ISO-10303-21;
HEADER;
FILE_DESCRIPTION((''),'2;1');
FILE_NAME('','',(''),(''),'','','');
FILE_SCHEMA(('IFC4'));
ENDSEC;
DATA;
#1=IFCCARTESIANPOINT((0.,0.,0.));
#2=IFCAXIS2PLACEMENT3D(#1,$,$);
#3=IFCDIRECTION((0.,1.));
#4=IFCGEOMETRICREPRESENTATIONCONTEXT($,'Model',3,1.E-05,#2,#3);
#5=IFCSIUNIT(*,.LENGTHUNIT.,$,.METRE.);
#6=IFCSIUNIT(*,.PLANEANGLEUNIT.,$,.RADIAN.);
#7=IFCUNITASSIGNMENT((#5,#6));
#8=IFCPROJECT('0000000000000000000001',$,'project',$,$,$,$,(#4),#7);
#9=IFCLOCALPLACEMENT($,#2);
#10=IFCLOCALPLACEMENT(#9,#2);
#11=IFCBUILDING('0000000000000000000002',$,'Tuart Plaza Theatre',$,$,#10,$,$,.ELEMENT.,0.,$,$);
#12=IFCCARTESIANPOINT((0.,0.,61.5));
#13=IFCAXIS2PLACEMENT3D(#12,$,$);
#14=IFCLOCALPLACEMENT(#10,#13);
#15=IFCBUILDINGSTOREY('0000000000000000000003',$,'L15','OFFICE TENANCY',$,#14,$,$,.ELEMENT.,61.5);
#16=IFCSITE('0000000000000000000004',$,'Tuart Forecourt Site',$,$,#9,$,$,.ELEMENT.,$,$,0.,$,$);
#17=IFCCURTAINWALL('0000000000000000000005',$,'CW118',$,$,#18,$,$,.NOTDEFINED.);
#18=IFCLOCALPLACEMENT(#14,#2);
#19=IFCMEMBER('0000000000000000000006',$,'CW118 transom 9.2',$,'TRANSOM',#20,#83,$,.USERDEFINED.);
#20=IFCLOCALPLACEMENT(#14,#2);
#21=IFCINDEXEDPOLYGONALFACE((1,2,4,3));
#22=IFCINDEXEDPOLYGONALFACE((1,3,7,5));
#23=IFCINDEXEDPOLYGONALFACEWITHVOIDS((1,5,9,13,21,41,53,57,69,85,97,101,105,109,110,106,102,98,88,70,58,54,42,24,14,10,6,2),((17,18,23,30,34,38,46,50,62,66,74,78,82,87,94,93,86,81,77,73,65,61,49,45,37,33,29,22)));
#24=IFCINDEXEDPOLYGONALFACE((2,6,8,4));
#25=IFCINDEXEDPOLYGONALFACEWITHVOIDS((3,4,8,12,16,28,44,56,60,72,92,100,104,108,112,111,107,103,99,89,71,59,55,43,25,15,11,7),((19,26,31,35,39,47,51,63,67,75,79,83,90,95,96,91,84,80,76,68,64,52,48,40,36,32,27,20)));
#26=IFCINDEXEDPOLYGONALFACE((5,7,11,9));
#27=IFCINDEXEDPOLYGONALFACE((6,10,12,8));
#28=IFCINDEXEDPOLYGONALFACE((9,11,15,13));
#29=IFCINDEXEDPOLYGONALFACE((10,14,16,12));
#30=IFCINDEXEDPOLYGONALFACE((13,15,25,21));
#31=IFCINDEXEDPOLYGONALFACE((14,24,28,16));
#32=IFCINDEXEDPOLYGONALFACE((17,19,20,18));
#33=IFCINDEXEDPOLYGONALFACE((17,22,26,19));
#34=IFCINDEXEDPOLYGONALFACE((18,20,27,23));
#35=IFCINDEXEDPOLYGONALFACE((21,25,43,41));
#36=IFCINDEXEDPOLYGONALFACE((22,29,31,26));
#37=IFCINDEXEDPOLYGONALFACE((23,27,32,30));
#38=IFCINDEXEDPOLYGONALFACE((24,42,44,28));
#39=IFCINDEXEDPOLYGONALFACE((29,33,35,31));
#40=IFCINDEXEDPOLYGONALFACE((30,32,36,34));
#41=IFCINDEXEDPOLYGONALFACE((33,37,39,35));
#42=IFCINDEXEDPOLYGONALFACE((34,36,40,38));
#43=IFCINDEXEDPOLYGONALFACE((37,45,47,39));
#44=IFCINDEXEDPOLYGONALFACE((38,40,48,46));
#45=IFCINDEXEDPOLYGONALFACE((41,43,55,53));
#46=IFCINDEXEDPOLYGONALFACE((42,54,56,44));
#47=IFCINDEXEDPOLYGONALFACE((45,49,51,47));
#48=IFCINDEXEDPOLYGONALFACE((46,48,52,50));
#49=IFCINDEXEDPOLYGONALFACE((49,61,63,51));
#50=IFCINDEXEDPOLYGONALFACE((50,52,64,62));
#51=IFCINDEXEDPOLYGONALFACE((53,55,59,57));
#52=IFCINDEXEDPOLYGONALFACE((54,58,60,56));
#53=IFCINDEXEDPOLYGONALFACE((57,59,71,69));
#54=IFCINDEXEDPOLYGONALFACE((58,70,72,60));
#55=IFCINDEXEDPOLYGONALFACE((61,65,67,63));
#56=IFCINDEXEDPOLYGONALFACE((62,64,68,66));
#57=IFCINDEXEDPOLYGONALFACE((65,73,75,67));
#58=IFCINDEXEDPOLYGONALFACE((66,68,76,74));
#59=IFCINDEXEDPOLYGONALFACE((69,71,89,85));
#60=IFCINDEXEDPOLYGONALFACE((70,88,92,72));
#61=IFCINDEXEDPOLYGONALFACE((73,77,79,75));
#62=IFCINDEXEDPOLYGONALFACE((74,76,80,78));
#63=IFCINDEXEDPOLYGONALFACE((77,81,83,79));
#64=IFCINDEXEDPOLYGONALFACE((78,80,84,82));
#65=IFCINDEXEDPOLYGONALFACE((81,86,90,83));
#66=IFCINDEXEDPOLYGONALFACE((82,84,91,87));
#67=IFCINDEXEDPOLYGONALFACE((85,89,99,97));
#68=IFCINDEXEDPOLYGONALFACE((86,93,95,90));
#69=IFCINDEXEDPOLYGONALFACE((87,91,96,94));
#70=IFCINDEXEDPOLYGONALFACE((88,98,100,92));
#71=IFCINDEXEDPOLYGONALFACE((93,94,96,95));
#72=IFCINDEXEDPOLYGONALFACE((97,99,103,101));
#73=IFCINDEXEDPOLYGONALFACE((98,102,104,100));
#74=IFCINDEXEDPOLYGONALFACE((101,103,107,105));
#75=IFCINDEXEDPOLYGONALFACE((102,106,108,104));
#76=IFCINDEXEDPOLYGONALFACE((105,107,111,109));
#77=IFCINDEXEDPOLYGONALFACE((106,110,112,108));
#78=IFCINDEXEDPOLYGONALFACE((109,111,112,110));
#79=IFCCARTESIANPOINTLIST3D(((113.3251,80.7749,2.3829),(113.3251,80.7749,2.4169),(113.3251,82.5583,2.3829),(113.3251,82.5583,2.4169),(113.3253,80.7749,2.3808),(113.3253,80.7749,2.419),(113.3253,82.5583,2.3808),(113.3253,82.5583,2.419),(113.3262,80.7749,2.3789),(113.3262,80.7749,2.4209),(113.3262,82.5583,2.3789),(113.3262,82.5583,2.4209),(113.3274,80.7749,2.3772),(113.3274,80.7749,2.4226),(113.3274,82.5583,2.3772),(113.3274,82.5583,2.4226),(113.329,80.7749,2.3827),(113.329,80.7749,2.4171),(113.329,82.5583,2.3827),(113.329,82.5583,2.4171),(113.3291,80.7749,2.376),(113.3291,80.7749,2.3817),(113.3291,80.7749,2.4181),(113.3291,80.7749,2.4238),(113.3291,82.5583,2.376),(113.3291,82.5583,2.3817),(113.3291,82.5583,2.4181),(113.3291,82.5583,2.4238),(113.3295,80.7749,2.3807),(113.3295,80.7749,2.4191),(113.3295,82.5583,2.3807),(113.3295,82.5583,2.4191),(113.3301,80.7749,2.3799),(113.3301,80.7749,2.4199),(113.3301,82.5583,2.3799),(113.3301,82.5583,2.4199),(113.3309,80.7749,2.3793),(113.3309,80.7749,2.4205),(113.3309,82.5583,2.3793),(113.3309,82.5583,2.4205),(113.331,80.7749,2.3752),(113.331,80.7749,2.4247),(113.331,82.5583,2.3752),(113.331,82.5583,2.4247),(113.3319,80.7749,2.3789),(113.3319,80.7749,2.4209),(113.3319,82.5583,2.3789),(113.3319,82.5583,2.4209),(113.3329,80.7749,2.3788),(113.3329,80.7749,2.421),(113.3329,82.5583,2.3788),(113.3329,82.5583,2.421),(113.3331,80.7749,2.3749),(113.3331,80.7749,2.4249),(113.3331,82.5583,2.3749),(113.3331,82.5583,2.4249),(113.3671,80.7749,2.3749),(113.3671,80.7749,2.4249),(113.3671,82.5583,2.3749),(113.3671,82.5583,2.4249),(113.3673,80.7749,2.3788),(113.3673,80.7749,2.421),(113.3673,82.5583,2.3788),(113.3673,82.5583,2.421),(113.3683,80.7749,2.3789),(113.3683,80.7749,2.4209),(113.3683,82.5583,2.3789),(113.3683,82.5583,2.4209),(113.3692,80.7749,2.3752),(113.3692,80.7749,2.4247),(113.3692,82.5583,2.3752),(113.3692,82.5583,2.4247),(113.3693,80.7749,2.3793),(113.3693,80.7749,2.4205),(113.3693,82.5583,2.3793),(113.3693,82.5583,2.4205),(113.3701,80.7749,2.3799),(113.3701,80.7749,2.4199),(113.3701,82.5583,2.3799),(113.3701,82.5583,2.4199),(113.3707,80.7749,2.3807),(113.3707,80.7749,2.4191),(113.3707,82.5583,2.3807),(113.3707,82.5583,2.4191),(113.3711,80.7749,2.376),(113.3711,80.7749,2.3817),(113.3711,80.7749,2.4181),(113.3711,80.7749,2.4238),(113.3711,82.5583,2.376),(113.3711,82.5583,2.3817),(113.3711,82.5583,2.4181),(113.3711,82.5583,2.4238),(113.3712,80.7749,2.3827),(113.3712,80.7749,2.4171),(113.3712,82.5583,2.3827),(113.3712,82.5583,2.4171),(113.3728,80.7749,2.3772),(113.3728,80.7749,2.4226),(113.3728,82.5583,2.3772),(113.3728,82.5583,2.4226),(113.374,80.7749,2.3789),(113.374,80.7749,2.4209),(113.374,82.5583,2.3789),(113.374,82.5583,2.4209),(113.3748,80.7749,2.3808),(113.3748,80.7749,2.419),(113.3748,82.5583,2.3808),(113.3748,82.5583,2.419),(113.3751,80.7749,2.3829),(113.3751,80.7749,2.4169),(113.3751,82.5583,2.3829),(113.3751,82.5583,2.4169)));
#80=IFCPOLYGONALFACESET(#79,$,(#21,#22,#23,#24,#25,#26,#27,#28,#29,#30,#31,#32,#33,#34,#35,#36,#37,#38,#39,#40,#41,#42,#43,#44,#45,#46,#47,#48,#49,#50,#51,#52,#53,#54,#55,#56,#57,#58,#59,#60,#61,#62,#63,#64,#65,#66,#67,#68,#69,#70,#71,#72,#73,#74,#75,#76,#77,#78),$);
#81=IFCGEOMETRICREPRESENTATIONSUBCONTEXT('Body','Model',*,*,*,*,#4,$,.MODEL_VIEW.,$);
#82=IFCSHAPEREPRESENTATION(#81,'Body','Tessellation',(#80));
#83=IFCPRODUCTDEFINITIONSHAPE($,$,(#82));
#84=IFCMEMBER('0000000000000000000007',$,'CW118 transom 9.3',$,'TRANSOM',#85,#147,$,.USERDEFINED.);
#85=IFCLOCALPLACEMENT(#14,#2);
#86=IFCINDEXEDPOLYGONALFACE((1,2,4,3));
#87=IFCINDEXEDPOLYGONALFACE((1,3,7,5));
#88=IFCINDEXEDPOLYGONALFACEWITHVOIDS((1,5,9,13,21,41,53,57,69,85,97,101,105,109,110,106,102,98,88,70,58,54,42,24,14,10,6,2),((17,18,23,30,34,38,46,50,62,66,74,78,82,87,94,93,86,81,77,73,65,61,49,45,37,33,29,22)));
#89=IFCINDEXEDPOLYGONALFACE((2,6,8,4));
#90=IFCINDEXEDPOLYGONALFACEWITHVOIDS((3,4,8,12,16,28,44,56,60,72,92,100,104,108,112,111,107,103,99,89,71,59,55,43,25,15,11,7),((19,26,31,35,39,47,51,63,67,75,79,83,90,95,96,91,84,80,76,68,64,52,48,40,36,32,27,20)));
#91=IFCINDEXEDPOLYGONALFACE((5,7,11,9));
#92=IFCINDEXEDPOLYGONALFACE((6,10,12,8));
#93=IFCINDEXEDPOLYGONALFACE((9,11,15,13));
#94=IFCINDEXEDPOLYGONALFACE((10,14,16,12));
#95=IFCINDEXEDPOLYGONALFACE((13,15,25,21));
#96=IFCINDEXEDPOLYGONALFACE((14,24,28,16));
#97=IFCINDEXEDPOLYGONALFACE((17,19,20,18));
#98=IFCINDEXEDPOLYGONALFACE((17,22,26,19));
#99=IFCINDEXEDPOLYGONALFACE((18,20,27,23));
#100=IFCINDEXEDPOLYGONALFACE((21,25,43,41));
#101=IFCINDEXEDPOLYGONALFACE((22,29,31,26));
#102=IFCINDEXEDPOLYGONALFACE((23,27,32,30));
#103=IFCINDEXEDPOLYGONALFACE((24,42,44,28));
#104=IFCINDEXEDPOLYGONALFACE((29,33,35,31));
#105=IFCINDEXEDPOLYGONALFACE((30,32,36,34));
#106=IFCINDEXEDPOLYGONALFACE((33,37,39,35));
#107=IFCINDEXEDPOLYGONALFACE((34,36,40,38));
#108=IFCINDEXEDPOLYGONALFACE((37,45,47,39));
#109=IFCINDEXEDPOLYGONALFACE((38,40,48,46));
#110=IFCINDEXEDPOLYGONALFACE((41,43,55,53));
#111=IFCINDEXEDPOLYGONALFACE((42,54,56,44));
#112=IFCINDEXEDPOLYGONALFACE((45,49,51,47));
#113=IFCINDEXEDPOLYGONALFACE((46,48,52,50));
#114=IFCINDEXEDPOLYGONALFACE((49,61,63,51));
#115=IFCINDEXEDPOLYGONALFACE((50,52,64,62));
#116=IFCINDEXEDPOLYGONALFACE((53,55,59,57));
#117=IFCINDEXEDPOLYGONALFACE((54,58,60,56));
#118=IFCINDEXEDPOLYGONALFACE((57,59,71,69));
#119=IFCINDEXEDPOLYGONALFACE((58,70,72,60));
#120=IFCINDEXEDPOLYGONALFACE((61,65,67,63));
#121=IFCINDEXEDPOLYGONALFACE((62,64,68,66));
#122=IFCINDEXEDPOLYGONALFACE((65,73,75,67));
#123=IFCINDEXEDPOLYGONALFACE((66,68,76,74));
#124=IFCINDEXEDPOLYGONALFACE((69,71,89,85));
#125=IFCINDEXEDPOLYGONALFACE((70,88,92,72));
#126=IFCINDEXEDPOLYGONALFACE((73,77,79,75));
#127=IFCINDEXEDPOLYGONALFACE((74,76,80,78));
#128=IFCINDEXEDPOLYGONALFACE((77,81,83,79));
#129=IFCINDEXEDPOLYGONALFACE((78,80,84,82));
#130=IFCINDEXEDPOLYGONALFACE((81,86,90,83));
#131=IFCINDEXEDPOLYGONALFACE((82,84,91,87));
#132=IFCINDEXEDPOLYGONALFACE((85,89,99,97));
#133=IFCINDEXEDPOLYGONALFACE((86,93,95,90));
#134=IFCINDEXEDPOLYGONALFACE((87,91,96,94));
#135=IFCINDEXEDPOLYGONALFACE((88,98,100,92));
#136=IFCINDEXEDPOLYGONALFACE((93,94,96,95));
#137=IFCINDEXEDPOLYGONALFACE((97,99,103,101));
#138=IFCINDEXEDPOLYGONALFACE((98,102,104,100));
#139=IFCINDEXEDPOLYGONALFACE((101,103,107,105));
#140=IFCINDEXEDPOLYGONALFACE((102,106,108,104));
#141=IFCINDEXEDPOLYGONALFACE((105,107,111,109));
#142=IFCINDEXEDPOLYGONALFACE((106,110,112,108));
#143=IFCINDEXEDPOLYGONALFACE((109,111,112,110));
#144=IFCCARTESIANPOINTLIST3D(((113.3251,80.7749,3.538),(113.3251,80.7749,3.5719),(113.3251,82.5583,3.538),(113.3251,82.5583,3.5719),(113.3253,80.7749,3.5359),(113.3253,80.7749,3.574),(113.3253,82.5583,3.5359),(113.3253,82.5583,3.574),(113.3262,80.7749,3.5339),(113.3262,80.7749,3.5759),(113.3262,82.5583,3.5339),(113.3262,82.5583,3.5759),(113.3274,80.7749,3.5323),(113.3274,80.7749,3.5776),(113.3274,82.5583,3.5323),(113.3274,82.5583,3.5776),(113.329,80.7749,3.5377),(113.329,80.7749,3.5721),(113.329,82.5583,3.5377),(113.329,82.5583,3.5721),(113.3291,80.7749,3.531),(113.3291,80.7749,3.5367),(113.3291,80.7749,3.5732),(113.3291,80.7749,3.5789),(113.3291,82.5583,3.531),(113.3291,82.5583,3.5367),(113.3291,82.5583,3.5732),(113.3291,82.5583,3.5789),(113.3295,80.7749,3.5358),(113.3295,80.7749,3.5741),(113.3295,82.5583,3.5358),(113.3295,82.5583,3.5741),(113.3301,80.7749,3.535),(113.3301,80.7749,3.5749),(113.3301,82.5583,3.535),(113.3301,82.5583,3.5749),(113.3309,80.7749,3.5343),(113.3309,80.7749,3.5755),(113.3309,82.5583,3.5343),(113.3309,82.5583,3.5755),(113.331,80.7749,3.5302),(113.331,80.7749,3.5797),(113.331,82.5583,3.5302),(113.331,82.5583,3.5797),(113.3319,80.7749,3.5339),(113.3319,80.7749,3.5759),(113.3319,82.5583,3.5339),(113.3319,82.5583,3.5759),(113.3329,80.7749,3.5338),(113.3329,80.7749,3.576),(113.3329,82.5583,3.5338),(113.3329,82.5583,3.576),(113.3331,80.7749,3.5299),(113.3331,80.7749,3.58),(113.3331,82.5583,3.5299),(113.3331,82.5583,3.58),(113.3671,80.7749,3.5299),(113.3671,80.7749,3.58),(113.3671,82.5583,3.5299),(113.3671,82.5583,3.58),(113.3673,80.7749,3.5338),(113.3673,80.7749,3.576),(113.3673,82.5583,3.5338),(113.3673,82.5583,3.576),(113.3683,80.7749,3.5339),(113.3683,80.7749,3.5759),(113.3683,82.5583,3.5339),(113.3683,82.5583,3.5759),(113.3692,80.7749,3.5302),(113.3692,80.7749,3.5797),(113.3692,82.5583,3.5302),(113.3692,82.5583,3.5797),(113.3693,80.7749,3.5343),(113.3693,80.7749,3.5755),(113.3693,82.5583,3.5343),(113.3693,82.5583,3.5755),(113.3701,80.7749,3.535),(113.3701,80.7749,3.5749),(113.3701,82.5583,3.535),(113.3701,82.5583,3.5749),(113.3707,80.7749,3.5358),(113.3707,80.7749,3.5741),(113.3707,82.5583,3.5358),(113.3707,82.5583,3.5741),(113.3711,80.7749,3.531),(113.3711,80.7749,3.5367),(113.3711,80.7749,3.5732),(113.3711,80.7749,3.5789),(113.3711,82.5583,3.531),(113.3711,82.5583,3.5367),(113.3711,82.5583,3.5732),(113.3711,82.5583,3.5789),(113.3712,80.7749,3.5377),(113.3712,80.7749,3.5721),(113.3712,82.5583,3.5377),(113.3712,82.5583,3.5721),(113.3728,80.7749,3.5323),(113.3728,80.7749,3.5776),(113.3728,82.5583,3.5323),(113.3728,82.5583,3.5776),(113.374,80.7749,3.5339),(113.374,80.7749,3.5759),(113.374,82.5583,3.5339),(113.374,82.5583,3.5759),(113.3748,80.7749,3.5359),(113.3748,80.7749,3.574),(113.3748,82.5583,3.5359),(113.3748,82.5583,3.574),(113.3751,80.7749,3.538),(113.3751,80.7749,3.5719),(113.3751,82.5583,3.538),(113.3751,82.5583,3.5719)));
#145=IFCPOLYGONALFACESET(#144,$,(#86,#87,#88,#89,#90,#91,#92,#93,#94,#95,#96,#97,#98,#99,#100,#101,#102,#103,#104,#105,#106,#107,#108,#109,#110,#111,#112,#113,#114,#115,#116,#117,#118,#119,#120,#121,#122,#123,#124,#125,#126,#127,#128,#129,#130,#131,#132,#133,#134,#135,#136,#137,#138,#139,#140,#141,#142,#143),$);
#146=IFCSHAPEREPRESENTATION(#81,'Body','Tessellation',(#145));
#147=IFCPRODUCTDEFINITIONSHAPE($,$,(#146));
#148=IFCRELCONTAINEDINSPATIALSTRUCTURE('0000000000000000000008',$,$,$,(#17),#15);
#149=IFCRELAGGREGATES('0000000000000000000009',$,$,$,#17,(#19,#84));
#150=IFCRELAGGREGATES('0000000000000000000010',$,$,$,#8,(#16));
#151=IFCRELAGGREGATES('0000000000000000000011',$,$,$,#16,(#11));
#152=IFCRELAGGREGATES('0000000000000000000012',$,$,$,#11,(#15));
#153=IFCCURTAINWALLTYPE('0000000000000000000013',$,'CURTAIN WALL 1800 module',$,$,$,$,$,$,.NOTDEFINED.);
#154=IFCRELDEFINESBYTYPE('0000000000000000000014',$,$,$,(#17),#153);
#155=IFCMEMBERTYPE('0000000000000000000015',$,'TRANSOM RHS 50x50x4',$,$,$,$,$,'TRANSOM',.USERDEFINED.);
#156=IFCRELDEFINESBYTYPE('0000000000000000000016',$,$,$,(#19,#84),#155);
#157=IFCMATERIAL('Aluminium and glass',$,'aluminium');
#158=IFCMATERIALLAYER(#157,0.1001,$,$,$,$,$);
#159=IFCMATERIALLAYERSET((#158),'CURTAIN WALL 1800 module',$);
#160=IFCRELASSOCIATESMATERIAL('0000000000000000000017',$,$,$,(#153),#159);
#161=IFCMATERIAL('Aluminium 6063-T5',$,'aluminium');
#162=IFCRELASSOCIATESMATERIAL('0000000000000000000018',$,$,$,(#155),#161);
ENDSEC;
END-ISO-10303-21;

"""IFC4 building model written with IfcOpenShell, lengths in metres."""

from ifc_helpers import new_model, si_unit, direction, frame, origin, origin_2d, place, context, subcontext, project, spatial, hollow_rectangle, extrude, material, layer, layer_set, material_profile, profile_set, type_object, element, aggregate, save


model = new_model("IFC4")

# Units and contexts
model_context = context("Model", 3, precision=1e-05, world=origin(), true_north=direction((0.0, 1.0)))
body_context = subcontext(model_context, "Body", "Model", "MODEL_VIEW")
ifc_project = project(units=[si_unit("LENGTHUNIT", "METRE"), si_unit("PLANEANGLEUNIT", "RADIAN")], contexts=[model_context])

# Site, building, storey
site_placement = place(None, origin())
site = spatial("IfcSite", under=ifc_project, at=site_placement, Name="Tuart Forecourt Site", CompositionType="ELEMENT", RefElevation=0.0)
building_placement = place(site_placement, origin())
building = spatial("IfcBuilding", under=site, at=building_placement, Name="Tuart Plaza Theatre", CompositionType="ELEMENT", ElevationOfRefHeight=0.0)
storey_placement = place(building_placement, frame((0.0, 0.0, 61.5)))
storey = spatial("IfcBuildingStorey", under=building, at=storey_placement, Name="L15", Description="OFFICE TENANCY", CompositionType="ELEMENT", Elevation=61.5)

# Curtain wall, members
ifc_material_1 = material(Name="Aluminium and glass", Category="aluminium")
ifc_layer_1 = layer(ifc_material_1, 0.1001)
ifc_layer_set_1 = layer_set([ifc_layer_1], Name="CURTAIN WALL 1800 module")
curtain_wall_type = type_object("IfcCurtainWallType", Name="CURTAIN WALL 1800 module", PredefinedType="NOTDEFINED", material=ifc_layer_set_1)
curtain_wall_placement = place(storey_placement, origin())
curtain_wall = element("IfcCurtainWall", 1, at=curtain_wall_placement, inside=storey, type_object=curtain_wall_type, Name="CW118", PredefinedType="NOTDEFINED")
ifc_material_2 = material(Name="Aluminium 6063-T5", Category="aluminium")
ifc_material_profile = material_profile(ifc_material_2, hollow_rectangle(XDim=0.05, YDim=0.05, WallThickness=0.0039, InnerFilletRadius=0.0039, OuterFilletRadius=0.0081, at=origin_2d()), Name="RHS 50x50x4")
ifc_profile_set = profile_set([ifc_material_profile], Name="Aluminium 6063-T5")
member_type = type_object("IfcMemberType", Name="TRANSOM RHS 50x50x4", ElementType="TRANSOM", PredefinedType="USERDEFINED", material=ifc_profile_set)
member_1_placement = place(storey_placement, frame((113.3501, 82.5583, 2.3999), z_axis=(0.0, -1.0, 0.0), x_axis=(1.0, 0.0, 0.0)))
member_1 = element("IfcMember", 2, at=member_1_placement, type_object=member_type, Name="CW118 transom 9.2", ObjectType="TRANSOM", PredefinedType="USERDEFINED", context=body_context, shape_type="SweptSolid", body=[
    extrude(hollow_rectangle(XDim=0.05, YDim=0.05, WallThickness=0.0039, InnerFilletRadius=0.0039, OuterFilletRadius=0.0081, at=origin_2d()), origin(), (0.0, 0.0, 1.0), 1.7834),
])
member_2_placement = place(storey_placement, frame((113.3501, 82.5583, 3.5549), z_axis=(0.0, -1.0, 0.0), x_axis=(1.0, 0.0, 0.0)))
member_2 = element("IfcMember", 3, at=member_2_placement, type_object=member_type, Name="CW118 transom 9.3", ObjectType="TRANSOM", PredefinedType="USERDEFINED", context=body_context, shape_type="SweptSolid", body=[
    extrude(hollow_rectangle(XDim=0.05, YDim=0.05, WallThickness=0.0039, InnerFilletRadius=0.0039, OuterFilletRadius=0.0081, at=origin_2d()), origin(), (0.0, 0.0, 1.0), 1.7834),
])
aggregate(curtain_wall, [member_1, member_2])

save(model, "model.ifc")
